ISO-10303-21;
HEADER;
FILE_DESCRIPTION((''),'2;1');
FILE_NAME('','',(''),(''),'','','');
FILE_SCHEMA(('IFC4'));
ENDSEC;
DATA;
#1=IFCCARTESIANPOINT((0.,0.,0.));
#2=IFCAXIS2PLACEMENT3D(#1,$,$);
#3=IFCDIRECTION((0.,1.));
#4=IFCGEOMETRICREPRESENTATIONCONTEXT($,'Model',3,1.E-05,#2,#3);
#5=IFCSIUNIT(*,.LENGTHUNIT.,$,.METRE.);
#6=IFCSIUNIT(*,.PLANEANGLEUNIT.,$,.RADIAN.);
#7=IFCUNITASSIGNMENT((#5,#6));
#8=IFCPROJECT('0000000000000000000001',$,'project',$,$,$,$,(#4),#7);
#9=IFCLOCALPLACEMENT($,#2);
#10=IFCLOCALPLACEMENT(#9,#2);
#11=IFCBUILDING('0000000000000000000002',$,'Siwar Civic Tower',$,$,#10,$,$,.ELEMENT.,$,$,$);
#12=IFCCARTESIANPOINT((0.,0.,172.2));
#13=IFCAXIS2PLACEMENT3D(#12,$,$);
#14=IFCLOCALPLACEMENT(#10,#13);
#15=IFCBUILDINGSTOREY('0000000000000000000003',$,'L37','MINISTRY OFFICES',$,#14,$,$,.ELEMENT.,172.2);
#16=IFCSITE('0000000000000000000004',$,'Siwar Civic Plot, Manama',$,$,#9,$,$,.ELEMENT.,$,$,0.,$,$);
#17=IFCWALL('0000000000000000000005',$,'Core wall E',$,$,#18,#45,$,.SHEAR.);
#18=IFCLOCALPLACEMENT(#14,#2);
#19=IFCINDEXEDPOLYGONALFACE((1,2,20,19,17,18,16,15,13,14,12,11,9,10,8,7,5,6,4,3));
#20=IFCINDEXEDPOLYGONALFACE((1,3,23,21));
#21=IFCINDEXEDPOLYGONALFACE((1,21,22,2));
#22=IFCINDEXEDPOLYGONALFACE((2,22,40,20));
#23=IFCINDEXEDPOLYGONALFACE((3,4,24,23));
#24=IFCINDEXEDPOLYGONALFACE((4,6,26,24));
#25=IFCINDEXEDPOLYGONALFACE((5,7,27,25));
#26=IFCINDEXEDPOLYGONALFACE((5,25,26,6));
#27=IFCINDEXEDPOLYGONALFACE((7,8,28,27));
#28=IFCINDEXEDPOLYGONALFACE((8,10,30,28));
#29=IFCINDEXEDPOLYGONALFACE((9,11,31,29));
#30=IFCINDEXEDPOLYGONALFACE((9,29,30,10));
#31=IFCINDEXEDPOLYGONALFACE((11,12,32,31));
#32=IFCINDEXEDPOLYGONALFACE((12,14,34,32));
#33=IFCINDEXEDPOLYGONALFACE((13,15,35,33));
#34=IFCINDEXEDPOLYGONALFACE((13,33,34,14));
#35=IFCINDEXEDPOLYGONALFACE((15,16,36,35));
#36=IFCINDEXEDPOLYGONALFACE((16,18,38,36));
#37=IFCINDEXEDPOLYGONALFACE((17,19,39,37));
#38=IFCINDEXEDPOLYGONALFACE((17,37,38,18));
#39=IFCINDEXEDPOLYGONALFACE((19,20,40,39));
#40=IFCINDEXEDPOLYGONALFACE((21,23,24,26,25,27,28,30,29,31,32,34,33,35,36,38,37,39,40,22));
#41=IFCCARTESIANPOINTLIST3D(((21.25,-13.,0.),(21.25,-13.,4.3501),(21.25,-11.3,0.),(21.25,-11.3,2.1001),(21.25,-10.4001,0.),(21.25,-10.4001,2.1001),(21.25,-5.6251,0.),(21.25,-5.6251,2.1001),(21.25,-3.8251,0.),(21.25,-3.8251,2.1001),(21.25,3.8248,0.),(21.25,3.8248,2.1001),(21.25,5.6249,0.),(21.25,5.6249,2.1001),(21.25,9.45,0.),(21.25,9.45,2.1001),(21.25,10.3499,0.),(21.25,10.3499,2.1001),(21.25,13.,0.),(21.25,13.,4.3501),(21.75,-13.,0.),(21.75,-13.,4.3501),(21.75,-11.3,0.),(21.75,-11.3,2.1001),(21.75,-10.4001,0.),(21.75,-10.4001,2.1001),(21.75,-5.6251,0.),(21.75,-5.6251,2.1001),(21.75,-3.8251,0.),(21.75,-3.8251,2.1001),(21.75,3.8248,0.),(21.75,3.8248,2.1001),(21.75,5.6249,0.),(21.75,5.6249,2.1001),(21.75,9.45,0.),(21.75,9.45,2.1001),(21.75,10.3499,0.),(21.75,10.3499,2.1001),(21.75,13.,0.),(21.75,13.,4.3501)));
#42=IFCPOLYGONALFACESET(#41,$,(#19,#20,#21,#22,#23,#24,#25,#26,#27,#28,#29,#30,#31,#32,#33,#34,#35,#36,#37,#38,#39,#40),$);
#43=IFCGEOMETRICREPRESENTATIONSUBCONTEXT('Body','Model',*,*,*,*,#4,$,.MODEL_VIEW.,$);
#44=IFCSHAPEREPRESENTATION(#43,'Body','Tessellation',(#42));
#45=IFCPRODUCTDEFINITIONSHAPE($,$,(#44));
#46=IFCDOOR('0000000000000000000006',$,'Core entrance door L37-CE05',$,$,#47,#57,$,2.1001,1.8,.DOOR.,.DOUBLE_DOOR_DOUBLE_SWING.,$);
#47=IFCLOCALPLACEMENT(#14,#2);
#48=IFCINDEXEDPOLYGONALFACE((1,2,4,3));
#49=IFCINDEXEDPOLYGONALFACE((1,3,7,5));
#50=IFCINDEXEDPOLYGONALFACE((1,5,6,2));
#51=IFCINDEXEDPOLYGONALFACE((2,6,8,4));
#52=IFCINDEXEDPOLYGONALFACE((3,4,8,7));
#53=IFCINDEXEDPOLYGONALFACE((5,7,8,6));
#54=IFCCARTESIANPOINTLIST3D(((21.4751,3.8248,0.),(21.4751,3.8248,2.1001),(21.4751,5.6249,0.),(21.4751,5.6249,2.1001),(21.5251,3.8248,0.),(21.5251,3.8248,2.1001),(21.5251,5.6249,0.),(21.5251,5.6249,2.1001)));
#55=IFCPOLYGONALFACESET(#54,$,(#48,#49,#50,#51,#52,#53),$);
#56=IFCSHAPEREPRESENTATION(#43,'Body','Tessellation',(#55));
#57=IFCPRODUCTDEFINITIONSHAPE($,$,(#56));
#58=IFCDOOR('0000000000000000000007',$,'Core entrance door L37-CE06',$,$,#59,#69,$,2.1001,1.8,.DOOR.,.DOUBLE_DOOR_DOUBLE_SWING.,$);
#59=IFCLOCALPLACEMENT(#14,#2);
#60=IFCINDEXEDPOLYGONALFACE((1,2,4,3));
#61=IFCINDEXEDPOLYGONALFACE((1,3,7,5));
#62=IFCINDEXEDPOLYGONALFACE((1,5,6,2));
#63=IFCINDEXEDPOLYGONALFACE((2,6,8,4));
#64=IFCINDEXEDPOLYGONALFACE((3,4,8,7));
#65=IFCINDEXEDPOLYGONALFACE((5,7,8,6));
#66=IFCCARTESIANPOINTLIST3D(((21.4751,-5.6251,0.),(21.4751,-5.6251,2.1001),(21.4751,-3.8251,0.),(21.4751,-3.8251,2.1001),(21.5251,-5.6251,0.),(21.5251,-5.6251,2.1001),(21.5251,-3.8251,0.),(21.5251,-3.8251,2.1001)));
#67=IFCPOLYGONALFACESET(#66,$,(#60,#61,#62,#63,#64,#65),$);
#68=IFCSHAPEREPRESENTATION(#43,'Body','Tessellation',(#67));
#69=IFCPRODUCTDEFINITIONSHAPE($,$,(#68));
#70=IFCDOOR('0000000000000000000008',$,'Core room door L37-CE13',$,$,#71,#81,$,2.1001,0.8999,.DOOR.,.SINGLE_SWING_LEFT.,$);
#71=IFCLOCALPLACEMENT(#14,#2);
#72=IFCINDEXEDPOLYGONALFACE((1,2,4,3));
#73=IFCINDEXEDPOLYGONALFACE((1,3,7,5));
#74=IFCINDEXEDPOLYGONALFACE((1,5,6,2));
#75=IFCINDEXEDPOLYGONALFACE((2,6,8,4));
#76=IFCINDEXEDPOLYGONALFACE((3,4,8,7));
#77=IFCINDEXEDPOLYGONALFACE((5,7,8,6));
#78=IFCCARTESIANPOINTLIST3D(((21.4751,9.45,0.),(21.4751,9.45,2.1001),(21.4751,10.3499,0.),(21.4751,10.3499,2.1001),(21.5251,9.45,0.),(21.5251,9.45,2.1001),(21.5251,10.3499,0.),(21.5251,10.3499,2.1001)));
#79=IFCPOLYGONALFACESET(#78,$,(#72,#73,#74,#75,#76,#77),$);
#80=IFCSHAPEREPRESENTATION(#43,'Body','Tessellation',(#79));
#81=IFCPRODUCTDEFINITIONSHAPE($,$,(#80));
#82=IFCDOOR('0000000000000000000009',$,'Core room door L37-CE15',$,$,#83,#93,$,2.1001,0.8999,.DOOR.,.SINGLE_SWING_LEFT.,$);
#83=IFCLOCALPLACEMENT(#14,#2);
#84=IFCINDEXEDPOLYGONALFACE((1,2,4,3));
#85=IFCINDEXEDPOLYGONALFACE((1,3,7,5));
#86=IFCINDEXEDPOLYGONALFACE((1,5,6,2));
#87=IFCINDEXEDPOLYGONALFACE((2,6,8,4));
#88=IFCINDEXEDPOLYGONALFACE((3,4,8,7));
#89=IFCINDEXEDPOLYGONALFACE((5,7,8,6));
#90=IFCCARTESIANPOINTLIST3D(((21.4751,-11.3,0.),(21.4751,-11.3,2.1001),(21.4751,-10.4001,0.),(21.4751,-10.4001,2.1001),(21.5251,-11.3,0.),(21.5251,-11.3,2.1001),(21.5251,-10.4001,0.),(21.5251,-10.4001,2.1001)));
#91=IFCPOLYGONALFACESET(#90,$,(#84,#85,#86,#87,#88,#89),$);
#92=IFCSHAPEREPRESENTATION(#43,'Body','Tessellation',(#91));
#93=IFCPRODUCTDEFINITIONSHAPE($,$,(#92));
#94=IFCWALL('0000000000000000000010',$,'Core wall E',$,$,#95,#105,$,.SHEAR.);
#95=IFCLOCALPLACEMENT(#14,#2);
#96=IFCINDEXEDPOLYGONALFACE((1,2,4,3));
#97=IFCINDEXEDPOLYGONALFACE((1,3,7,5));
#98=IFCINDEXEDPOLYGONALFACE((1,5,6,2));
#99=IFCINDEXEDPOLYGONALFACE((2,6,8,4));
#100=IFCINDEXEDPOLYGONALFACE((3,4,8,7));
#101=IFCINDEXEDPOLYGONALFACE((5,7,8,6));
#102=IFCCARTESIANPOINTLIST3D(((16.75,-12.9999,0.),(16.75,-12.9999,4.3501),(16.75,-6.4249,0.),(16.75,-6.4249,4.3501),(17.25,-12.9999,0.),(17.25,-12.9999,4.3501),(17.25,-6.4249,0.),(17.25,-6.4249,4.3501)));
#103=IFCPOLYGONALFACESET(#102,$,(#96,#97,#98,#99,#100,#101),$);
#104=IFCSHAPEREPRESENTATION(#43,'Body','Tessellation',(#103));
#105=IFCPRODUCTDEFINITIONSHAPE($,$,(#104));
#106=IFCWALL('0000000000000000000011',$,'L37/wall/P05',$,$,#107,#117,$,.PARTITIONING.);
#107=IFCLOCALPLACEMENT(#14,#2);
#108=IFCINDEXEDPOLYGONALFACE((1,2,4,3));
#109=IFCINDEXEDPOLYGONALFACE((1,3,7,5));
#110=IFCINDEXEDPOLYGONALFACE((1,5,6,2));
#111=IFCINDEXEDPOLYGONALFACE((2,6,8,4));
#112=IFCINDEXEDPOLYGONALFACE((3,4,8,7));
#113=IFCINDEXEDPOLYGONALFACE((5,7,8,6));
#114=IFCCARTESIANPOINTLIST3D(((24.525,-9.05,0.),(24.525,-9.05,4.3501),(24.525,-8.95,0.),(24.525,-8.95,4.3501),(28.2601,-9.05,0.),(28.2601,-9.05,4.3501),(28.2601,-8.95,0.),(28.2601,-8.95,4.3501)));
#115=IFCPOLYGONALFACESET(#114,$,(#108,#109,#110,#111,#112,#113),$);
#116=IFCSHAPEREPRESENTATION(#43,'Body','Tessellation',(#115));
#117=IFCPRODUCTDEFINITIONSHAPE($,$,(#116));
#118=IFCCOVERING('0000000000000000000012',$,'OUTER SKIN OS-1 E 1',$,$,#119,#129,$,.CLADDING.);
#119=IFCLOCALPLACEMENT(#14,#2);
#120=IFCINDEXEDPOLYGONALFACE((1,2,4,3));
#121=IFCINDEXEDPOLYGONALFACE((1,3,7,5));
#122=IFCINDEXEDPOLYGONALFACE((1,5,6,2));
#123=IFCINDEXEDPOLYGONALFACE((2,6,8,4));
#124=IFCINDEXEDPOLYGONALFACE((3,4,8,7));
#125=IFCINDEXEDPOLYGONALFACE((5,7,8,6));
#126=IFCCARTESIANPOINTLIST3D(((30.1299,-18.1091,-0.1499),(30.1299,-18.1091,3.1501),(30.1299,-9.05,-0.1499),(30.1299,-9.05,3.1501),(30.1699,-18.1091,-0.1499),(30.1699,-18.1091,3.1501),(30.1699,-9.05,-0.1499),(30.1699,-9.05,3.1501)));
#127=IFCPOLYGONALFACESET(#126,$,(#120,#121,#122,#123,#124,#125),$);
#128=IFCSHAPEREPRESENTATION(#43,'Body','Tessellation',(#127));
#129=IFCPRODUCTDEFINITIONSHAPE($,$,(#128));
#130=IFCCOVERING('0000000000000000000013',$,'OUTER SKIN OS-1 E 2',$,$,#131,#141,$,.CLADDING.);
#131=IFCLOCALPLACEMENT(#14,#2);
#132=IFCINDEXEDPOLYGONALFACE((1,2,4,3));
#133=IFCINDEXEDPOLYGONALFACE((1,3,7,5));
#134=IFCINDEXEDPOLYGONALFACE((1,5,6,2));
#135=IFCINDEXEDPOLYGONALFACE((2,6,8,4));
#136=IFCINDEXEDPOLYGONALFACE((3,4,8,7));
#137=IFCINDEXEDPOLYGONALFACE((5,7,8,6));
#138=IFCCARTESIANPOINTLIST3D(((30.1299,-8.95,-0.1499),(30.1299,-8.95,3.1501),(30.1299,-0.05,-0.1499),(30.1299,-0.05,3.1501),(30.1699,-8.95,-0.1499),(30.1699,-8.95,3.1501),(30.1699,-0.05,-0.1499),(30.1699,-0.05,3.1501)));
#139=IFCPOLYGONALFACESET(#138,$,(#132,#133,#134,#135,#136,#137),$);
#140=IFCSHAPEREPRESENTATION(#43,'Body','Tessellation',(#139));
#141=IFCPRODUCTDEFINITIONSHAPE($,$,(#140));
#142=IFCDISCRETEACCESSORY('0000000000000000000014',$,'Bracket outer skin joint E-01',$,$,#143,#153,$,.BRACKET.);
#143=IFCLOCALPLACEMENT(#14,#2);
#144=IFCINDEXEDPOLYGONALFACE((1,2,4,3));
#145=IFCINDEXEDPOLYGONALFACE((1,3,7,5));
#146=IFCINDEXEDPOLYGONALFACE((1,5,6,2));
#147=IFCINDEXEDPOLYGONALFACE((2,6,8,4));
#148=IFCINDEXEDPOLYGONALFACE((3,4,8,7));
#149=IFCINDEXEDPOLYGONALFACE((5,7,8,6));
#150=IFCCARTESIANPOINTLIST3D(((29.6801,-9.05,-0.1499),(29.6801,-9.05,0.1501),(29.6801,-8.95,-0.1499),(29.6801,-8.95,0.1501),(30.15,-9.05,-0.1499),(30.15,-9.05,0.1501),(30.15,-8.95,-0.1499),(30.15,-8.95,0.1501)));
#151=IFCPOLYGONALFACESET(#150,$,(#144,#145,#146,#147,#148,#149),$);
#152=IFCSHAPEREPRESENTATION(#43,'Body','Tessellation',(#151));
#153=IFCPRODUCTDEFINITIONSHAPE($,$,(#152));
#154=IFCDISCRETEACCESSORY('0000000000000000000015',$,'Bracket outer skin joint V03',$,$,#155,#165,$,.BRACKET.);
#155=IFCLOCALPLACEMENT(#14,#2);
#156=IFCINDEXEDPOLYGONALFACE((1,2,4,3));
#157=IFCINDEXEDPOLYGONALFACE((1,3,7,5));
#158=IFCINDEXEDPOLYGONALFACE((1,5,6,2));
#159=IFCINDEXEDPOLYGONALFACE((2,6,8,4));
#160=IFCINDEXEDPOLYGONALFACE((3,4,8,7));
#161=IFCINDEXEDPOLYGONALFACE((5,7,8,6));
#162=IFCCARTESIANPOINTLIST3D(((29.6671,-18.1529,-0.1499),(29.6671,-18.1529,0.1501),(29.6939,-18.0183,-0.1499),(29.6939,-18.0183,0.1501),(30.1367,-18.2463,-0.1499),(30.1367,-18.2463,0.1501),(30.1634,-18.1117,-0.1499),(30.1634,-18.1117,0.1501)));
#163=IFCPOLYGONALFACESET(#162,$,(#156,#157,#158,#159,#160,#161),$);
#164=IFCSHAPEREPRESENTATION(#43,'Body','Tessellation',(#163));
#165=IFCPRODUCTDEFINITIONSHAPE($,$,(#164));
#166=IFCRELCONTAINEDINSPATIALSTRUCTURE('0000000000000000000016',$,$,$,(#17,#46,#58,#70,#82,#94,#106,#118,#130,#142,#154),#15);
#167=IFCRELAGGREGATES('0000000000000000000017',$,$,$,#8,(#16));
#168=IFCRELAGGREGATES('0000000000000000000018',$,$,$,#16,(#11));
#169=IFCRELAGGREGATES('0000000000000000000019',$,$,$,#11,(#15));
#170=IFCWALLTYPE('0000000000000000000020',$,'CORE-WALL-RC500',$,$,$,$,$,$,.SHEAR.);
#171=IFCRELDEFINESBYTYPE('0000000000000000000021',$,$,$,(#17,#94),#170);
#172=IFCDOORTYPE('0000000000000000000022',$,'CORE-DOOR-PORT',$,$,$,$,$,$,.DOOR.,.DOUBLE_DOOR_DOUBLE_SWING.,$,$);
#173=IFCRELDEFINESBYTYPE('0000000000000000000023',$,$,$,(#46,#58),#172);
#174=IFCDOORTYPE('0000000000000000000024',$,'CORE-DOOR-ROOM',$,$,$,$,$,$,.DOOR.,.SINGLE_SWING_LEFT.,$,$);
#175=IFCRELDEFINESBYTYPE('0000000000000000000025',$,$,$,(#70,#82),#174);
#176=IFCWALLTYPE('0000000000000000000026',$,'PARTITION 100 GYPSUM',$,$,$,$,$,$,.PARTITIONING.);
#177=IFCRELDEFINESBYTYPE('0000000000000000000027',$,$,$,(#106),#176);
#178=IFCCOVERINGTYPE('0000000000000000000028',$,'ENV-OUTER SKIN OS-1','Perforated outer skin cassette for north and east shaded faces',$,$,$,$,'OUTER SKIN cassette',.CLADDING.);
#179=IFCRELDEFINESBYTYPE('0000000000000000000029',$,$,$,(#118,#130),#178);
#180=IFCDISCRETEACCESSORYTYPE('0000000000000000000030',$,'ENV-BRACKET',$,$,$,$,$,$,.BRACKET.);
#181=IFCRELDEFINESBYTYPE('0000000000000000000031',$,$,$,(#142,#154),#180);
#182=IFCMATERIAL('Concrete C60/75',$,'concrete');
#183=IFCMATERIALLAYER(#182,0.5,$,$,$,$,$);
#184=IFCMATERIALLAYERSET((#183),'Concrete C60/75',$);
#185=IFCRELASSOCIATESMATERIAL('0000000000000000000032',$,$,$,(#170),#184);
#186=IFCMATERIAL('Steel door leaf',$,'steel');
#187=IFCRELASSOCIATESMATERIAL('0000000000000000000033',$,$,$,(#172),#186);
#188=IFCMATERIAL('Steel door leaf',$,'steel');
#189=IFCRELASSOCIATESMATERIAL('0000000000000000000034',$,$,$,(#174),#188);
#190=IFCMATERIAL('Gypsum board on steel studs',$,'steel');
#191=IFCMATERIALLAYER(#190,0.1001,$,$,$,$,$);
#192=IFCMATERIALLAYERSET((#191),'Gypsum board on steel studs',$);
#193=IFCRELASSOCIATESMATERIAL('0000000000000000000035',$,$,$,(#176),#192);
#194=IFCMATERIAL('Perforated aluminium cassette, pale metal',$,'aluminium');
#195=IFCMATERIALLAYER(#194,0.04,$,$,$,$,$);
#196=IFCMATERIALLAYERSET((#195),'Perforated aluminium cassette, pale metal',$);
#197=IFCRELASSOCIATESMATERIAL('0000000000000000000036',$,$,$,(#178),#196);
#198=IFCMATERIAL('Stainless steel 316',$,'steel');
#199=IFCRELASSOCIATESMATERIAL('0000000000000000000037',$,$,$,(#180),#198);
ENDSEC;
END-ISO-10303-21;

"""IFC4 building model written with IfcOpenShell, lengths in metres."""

from ifc_helpers import new_model, si_unit, direction, frame, frame_2d, origin, origin_2d, place, context, subcontext, project, spatial, rectangle, extrude, material, layer, layer_set, type_object, element, fill, save


model = new_model("IFC4")

# Units and contexts
model_context = context("Model", 3, precision=1e-05, world=origin(), true_north=direction((0.0, 1.0)))
body_context = subcontext(model_context, "Body", "Model", "MODEL_VIEW")
ifc_project = project(units=[si_unit("LENGTHUNIT", "METRE"), si_unit("PLANEANGLEUNIT", "RADIAN")], contexts=[model_context])

# Site, building, storey
site_placement = place(None, origin())
site = spatial("IfcSite", under=ifc_project, at=site_placement, Name="Siwar Civic Plot, Manama", CompositionType="ELEMENT", RefElevation=0.0)
building_placement = place(site_placement, origin())
building = spatial("IfcBuilding", under=site, at=building_placement, Name="Siwar Civic Tower", CompositionType="ELEMENT")
storey_placement = place(building_placement, frame((0.0, 0.0, 172.2)))
storey = spatial("IfcBuildingStorey", under=building, at=storey_placement, Name="L37", Description="MINISTRY OFFICES", CompositionType="ELEMENT", Elevation=172.2)

# Wall, openings, doors
ifc_material_1 = material(Name="Concrete C60/75", Category="concrete")
ifc_layer_1 = layer(ifc_material_1, 0.5)
ifc_layer_set_1 = layer_set([ifc_layer_1], Name="Concrete C60/75")
wall_type_1 = type_object("IfcWallType", Name="CORE-WALL-RC500", PredefinedType="SHEAR", material=ifc_layer_set_1)
wall_1_placement = place(storey_placement, frame((21.5, -13.0, 0.0), z_axis=(0.0, 0.0, 1.0), x_axis=(0.0, 1.0, 0.0)))
wall_1 = element("IfcWall", 1, at=wall_1_placement, inside=storey, type_object=wall_type_1, Name="Core wall E", PredefinedType="SHEAR", context=body_context, shape_type="SweptSolid", body=[
    extrude(rectangle(XDim=26.0, YDim=0.5, at=frame_2d((13.0, 0.0))), origin(), (0.0, 0.0, 1.0), 4.3501),
])
opening_1_placement = place(wall_1_placement, frame((16.825, 0.0, 0.0)))
opening_1 = element("IfcOpeningElement", 2, at=opening_1_placement, cuts=wall_1, PredefinedType="OPENING", context=body_context, shape_type="SweptSolid", body=[
    extrude(rectangle(XDim=1.8, YDim=2.1001, at=frame_2d((0.8999, 1.05))), frame((0.0, 0.26, 0.0), z_axis=(0.0, -1.0, 0.0), x_axis=(1.0, 0.0, 0.0)), (0.0, 0.0, 1.0), 0.52),
])
opening_2_placement = place(wall_1_placement, frame((7.375, 0.0, 0.0)))
opening_2 = element("IfcOpeningElement", 3, at=opening_2_placement, cuts=wall_1, PredefinedType="OPENING", context=body_context, shape_type="SweptSolid", body=[
    extrude(rectangle(XDim=1.8, YDim=2.1001, at=frame_2d((0.8999, 1.05))), frame((0.0, 0.26, 0.0), z_axis=(0.0, -1.0, 0.0), x_axis=(1.0, 0.0, 0.0)), (0.0, 0.0, 1.0), 0.52),
])
opening_3_placement = place(wall_1_placement, frame((22.45, 0.0, 0.0)))
opening_3 = element("IfcOpeningElement", 4, at=opening_3_placement, cuts=wall_1, PredefinedType="OPENING", context=body_context, shape_type="SweptSolid", body=[
    extrude(rectangle(XDim=0.8999, YDim=2.1001, at=frame_2d((0.45, 1.05))), frame((0.0, 0.26, 0.0), z_axis=(0.0, -1.0, 0.0), x_axis=(1.0, 0.0, 0.0)), (0.0, 0.0, 1.0), 0.52),
])
opening_4_placement = place(wall_1_placement, frame((1.7, 0.0, 0.0)))
opening_4 = element("IfcOpeningElement", 5, at=opening_4_placement, cuts=wall_1, PredefinedType="OPENING", context=body_context, shape_type="SweptSolid", body=[
    extrude(rectangle(XDim=0.8999, YDim=2.1001, at=frame_2d((0.45, 1.05))), frame((0.0, 0.26, 0.0), z_axis=(0.0, -1.0, 0.0), x_axis=(1.0, 0.0, 0.0)), (0.0, 0.0, 1.0), 0.52),
])
ifc_material_2 = material(Name="Steel door leaf", Category="steel")
door_type_1 = type_object("IfcDoorType", Name="CORE-DOOR-PORT", OperationType="DOUBLE_DOOR_DOUBLE_SWING", PredefinedType="DOOR", material=ifc_material_2)
door_1_placement = place(opening_1_placement, origin())
door_1 = element("IfcDoor", 6, at=door_1_placement, inside=storey, type_object=door_type_1, Name="Core entrance door L37-CE05", OperationType="DOUBLE_DOOR_DOUBLE_SWING", OverallHeight=2.1001, OverallWidth=1.8, PredefinedType="DOOR", context=body_context, shape_type="SweptSolid", body=[
    extrude(rectangle(XDim=1.8, YDim=2.1001, at=frame_2d((0.8999, 1.05))), frame((0.0, 0.0249, 0.0), z_axis=(0.0, -1.0, 0.0), x_axis=(1.0, 0.0, 0.0)), (0.0, 0.0, 1.0), 0.05),
])
fill(opening_1, door_1)
door_2_placement = place(opening_2_placement, origin())
door_2 = element("IfcDoor", 7, at=door_2_placement, inside=storey, type_object=door_type_1, Name="Core entrance door L37-CE06", OperationType="DOUBLE_DOOR_DOUBLE_SWING", OverallHeight=2.1001, OverallWidth=1.8, PredefinedType="DOOR", context=body_context, shape_type="SweptSolid", body=[
    extrude(rectangle(XDim=1.8, YDim=2.1001, at=frame_2d((0.8999, 1.05))), frame((0.0, 0.0249, 0.0), z_axis=(0.0, -1.0, 0.0), x_axis=(1.0, 0.0, 0.0)), (0.0, 0.0, 1.0), 0.05),
])
fill(opening_2, door_2)
ifc_material_3 = material(Name="Steel door leaf", Category="steel")
door_type_2 = type_object("IfcDoorType", Name="CORE-DOOR-ROOM", OperationType="SINGLE_SWING_LEFT", PredefinedType="DOOR", material=ifc_material_3)
door_3_placement = place(opening_3_placement, origin())
door_3 = element("IfcDoor", 8, at=door_3_placement, inside=storey, type_object=door_type_2, Name="Core room door L37-CE13", OperationType="SINGLE_SWING_LEFT", OverallHeight=2.1001, OverallWidth=0.8999, PredefinedType="DOOR", context=body_context, shape_type="SweptSolid", body=[
    extrude(rectangle(XDim=0.8999, YDim=2.1001, at=frame_2d((0.45, 1.05))), frame((0.0, 0.0249, 0.0), z_axis=(0.0, -1.0, 0.0), x_axis=(1.0, 0.0, 0.0)), (0.0, 0.0, 1.0), 0.05),
])
fill(opening_3, door_3)
door_4_placement = place(opening_4_placement, origin())
door_4 = element("IfcDoor", 9, at=door_4_placement, inside=storey, type_object=door_type_2, Name="Core room door L37-CE15", OperationType="SINGLE_SWING_LEFT", OverallHeight=2.1001, OverallWidth=0.8999, PredefinedType="DOOR", context=body_context, shape_type="SweptSolid", body=[
    extrude(rectangle(XDim=0.8999, YDim=2.1001, at=frame_2d((0.45, 1.05))), frame((0.0, 0.0249, 0.0), z_axis=(0.0, -1.0, 0.0), x_axis=(1.0, 0.0, 0.0)), (0.0, 0.0, 1.0), 0.05),
])
fill(opening_4, door_4)

# Walls
wall_2_placement = place(storey_placement, frame((17.0, -13.0, 0.0), z_axis=(0.0, 0.0, 1.0), x_axis=(0.0, 1.0, 0.0)))
element("IfcWall", 10, at=wall_2_placement, inside=storey, type_object=wall_type_1, Name="Core wall E", PredefinedType="SHEAR", context=body_context, shape_type="SweptSolid", body=[
    extrude(rectangle(XDim=6.575, YDim=0.5, at=frame_2d((3.2876, 0.0))), origin(), (0.0, 0.0, 1.0), 4.3501),
])
ifc_material_4 = material(Name="Gypsum board on steel studs", Category="steel")
ifc_layer_2 = layer(ifc_material_4, 0.1001)
ifc_layer_set_2 = layer_set([ifc_layer_2], Name="Gypsum board on steel studs")
wall_type_2 = type_object("IfcWallType", Name="PARTITION 100 GYPSUM", PredefinedType="PARTITIONING", material=ifc_layer_set_2)
wall_3_placement = place(storey_placement, frame((24.5249, -9.0, 0.0), z_axis=(0.0, 0.0, 1.0), x_axis=(1.0, 0.0, 0.0)))
element("IfcWall", 11, at=wall_3_placement, inside=storey, type_object=wall_type_2, Name="L37/wall/P05", PredefinedType="PARTITIONING", context=body_context, shape_type="SweptSolid", body=[
    extrude(rectangle(XDim=3.7351, YDim=0.1001, at=frame_2d((1.8677, 0.0))), origin(), (0.0, 0.0, 1.0), 4.3501),
])

# Coverings
ifc_material_5 = material(Name="Perforated aluminium cassette, pale metal", Category="aluminium")
ifc_layer_3 = layer(ifc_material_5, 0.04)
ifc_layer_set_3 = layer_set([ifc_layer_3], Name="Perforated aluminium cassette, pale metal")
covering_type = type_object("IfcCoveringType", Name="ENV-OUTER SKIN OS-1", Description="Perforated outer skin cassette for north and east shaded faces", ElementType="OUTER SKIN cassette", PredefinedType="CLADDING", material=ifc_layer_set_3)
covering_1_placement = place(storey_placement, frame((30.1499, -13.5796, -0.1499), z_axis=(0.0, 0.0, 1.0), x_axis=(0.0, 1.0, 0.0)))
element("IfcCovering", 12, at=covering_1_placement, inside=storey, type_object=covering_type, Name="OUTER SKIN OS-1 E 1", PredefinedType="CLADDING", context=body_context, shape_type="SweptSolid", body=[
    extrude(rectangle(XDim=9.0591, YDim=0.04, at=origin_2d()), origin(), (0.0, 0.0, 1.0), 3.3),
])
covering_2_placement = place(storey_placement, frame((30.1499, -4.5, -0.1499), z_axis=(0.0, 0.0, 1.0), x_axis=(0.0, 1.0, 0.0)))
element("IfcCovering", 13, at=covering_2_placement, inside=storey, type_object=covering_type, Name="OUTER SKIN OS-1 E 2", PredefinedType="CLADDING", context=body_context, shape_type="SweptSolid", body=[
    extrude(rectangle(XDim=8.8999, YDim=0.04, at=origin_2d()), origin(), (0.0, 0.0, 1.0), 3.3),
])

# Discrete accessories
ifc_material_6 = material(Name="Stainless steel 316", Category="steel")
discrete_accessory_type = type_object("IfcDiscreteAccessoryType", Name="ENV-BRACKET", PredefinedType="BRACKET", material=ifc_material_6)
discrete_accessory_1_placement = place(storey_placement, frame((29.915, -9.0, -0.1499), z_axis=(0.0, 0.0, 1.0), x_axis=(1.0, 0.0, 0.0)))
element("IfcDiscreteAccessory", 14, at=discrete_accessory_1_placement, inside=storey, type_object=discrete_accessory_type, Name="Bracket outer skin joint E-01", PredefinedType="BRACKET", context=body_context, shape_type="SweptSolid", body=[
    extrude(rectangle(XDim=0.47, YDim=0.1001, at=origin_2d()), origin(), (0.0, 0.0, 1.0), 0.3),
])
discrete_accessory_2_placement = place(storey_placement, frame((29.9153, -18.1323, -0.1499), z_axis=(0.0, 0.0, 1.0), x_axis=(0.980785, -0.19509, 0.0)))
element("IfcDiscreteAccessory", 15, at=discrete_accessory_2_placement, inside=storey, type_object=discrete_accessory_type, Name="Bracket outer skin joint V03", PredefinedType="BRACKET", context=body_context, shape_type="SweptSolid", body=[
    extrude(rectangle(XDim=0.4788, YDim=0.1372, at=origin_2d()), origin(), (0.0, 0.0, 1.0), 0.3),
])

save(model, "model.ifc")
